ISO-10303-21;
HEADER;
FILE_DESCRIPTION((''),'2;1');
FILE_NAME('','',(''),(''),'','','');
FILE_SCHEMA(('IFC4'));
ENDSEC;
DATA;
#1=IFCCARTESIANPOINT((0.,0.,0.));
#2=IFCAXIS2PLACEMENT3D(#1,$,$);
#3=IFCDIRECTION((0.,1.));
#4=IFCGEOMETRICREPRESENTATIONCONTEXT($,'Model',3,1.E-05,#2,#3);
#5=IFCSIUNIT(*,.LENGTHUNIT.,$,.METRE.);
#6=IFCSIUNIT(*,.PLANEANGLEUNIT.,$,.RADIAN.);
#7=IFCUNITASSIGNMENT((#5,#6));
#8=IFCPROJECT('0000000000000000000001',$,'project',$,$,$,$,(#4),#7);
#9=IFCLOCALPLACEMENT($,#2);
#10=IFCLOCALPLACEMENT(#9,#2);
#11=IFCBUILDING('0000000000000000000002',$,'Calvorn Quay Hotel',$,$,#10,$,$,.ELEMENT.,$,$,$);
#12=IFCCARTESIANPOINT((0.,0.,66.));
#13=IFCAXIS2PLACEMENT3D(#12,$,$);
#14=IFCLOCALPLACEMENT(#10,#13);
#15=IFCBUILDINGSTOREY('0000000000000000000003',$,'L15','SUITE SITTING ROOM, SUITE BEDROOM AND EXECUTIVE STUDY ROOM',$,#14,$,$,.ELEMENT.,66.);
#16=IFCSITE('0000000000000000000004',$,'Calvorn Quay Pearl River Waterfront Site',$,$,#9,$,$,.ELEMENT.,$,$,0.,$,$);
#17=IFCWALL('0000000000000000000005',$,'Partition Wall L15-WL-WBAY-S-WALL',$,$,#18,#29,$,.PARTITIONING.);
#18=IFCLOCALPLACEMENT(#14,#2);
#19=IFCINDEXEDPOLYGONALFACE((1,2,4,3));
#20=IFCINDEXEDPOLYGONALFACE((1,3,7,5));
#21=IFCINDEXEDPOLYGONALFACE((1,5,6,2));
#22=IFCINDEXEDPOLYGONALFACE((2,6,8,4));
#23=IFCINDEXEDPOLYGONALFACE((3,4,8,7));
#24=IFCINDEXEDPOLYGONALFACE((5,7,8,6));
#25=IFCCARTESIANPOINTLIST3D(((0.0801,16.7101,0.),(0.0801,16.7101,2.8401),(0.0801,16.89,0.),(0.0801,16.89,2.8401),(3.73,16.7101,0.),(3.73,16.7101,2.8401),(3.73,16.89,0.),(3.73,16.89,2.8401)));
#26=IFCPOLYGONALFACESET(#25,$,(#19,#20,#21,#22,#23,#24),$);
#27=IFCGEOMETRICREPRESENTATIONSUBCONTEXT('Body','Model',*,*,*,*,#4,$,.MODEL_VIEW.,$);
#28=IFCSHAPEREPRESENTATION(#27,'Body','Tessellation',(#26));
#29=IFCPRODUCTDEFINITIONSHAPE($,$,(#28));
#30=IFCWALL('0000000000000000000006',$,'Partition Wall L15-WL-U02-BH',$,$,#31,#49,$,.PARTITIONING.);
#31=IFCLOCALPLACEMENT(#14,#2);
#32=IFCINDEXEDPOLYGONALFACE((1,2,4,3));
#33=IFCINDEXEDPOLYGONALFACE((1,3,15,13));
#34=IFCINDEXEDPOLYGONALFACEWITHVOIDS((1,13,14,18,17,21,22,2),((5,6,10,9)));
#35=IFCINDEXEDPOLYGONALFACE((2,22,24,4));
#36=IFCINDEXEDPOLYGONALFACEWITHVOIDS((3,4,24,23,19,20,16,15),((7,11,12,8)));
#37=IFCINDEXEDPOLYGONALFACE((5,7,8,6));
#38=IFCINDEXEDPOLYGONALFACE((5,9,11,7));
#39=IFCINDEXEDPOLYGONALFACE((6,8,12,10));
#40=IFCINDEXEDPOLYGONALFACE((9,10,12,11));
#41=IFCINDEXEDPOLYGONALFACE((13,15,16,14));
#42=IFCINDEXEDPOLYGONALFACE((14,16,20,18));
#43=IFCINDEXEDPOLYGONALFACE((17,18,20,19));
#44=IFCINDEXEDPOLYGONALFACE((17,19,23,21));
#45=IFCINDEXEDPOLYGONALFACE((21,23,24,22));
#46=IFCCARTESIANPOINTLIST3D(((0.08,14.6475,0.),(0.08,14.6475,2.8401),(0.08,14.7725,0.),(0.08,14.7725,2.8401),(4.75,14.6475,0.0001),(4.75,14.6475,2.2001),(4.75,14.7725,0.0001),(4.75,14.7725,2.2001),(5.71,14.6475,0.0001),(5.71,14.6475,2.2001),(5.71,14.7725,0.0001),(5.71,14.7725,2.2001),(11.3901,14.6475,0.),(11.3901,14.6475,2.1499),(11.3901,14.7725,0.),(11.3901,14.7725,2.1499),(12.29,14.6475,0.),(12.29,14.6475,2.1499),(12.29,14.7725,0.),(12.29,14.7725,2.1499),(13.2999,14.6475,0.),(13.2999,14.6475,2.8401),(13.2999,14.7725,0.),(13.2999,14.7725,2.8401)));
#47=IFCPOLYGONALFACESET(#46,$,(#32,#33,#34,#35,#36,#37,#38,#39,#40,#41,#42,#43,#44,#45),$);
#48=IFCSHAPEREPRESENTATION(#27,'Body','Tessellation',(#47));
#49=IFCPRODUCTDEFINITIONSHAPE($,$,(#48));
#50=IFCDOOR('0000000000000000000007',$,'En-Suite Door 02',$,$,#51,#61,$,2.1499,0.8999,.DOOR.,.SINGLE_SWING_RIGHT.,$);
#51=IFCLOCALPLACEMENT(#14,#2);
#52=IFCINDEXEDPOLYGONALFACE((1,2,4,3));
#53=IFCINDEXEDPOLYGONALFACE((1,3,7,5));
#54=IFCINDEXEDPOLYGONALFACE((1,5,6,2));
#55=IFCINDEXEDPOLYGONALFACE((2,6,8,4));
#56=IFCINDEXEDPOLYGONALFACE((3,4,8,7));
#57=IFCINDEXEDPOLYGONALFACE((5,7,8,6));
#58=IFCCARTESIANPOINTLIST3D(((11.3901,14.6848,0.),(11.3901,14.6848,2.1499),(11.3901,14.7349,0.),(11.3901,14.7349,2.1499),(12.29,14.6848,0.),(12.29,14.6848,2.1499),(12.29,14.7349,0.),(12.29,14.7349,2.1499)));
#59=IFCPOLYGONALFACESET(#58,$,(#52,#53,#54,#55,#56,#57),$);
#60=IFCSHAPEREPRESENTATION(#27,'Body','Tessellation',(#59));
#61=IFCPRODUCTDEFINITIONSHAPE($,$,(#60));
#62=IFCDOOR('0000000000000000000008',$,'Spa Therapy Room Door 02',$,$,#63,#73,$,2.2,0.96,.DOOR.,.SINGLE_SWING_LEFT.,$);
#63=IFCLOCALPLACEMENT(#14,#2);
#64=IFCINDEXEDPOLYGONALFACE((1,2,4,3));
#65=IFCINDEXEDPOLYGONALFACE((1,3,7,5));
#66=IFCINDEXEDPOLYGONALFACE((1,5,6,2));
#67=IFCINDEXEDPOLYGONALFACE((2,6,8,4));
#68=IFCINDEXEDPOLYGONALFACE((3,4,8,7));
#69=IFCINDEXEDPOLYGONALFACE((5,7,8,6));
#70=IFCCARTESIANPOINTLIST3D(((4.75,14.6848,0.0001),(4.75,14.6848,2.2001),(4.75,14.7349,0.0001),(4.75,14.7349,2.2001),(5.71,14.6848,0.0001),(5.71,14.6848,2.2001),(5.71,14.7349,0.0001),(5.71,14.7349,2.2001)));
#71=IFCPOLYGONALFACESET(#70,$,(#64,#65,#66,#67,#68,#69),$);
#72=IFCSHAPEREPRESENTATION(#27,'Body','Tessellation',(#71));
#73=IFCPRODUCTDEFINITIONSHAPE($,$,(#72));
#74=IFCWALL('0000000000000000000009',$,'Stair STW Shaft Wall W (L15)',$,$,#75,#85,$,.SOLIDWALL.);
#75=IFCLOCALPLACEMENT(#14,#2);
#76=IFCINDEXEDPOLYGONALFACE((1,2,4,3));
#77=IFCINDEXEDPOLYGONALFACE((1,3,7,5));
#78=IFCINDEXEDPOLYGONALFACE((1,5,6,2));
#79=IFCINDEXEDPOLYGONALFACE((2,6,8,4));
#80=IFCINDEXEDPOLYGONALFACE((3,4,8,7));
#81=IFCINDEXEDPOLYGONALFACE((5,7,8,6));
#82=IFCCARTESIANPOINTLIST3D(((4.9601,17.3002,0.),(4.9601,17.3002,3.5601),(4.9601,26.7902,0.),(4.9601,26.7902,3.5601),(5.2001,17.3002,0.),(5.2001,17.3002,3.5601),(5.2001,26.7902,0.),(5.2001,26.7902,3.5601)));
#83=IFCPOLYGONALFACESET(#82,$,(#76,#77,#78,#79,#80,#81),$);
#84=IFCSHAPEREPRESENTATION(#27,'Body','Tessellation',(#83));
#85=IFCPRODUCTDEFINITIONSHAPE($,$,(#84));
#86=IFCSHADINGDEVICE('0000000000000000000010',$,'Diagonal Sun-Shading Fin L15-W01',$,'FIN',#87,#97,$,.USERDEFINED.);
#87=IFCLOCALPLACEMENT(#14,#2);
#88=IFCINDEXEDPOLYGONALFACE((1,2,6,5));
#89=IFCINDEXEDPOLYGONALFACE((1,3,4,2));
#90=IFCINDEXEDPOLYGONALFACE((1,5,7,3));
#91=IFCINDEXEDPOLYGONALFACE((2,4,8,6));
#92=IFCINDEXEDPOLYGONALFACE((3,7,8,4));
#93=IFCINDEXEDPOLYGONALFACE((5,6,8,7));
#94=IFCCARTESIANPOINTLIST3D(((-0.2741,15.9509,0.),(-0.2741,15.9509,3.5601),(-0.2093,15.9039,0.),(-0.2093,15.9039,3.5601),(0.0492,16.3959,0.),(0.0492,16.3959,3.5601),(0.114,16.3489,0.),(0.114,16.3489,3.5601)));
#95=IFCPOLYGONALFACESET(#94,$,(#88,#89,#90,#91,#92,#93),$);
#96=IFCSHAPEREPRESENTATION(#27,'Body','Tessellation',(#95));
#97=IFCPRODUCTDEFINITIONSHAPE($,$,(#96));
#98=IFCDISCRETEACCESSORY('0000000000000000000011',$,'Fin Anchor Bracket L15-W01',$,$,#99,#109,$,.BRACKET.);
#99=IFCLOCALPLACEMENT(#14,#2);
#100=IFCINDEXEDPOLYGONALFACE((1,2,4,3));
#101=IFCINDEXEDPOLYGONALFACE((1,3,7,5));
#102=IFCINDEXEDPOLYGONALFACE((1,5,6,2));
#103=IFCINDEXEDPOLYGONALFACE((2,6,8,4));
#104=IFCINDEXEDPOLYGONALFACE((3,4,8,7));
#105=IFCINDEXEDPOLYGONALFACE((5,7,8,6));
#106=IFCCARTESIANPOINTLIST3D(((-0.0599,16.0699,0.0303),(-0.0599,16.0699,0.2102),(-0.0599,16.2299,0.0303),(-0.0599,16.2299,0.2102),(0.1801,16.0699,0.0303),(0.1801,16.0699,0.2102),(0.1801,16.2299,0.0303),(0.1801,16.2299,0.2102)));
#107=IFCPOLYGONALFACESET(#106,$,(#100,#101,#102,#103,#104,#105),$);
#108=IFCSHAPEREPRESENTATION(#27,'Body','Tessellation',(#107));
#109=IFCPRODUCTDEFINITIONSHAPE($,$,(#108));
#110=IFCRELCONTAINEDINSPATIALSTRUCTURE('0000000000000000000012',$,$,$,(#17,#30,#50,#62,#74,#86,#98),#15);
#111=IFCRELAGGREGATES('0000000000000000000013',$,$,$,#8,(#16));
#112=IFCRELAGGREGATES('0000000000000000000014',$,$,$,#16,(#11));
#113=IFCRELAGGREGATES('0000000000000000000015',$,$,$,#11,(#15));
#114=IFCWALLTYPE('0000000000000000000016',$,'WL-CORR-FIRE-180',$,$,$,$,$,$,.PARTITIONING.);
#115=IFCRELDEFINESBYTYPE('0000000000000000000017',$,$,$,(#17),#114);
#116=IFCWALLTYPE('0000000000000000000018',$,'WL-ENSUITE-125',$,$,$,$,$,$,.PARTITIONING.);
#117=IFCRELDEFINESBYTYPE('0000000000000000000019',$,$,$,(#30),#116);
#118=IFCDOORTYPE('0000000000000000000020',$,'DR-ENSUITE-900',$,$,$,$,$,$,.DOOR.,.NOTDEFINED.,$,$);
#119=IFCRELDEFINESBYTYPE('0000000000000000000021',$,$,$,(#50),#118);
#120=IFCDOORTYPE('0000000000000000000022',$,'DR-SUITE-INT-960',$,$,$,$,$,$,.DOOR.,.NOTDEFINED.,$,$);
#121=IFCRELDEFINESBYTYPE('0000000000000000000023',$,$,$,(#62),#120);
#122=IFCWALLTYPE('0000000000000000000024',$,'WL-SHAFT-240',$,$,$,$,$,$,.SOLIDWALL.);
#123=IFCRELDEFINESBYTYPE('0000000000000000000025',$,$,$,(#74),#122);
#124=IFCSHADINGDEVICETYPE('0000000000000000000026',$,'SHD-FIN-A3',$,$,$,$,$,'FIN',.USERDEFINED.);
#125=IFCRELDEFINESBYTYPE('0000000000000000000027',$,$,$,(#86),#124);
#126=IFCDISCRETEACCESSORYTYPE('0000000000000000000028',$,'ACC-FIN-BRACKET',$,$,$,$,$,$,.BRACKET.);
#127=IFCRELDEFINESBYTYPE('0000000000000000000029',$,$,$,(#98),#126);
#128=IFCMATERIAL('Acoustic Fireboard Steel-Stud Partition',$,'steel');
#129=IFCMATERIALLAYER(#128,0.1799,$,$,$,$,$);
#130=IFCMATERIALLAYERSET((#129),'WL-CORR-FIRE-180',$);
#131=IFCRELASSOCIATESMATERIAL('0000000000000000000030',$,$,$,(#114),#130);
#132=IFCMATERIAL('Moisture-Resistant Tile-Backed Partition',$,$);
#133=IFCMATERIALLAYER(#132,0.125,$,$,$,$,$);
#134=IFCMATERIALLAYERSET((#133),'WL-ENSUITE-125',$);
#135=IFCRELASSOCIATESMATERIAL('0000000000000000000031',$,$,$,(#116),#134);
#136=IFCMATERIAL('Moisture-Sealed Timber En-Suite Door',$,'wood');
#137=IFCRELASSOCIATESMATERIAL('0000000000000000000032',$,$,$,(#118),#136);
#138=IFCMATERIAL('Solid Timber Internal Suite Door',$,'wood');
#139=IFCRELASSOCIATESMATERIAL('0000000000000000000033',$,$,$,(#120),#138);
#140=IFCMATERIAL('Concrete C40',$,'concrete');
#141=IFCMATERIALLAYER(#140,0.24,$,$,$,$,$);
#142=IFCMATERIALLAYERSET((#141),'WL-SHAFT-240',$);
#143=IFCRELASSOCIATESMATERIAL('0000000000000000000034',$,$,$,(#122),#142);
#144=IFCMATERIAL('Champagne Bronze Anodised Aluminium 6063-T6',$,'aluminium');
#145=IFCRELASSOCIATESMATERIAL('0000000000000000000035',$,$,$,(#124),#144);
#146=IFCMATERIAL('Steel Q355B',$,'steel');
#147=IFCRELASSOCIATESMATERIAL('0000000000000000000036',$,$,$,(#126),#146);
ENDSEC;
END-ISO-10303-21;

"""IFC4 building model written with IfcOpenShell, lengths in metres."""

from ifc_helpers import new_model, si_unit, direction, frame, frame_2d, origin, origin_2d, place, context, subcontext, project, spatial, rectangle, extrude, material, layer, layer_set, type_object, element, fill, save


model = new_model("IFC4")

# Units and contexts
model_context = context("Model", 3, precision=1e-05, world=origin(), true_north=direction((0.0, 1.0)))
body_context = subcontext(model_context, "Body", "Model", "MODEL_VIEW")
ifc_project = project(units=[si_unit("LENGTHUNIT", "METRE"), si_unit("PLANEANGLEUNIT", "RADIAN")], contexts=[model_context])

# Site, building, storey
site_placement = place(None, origin())
site = spatial("IfcSite", under=ifc_project, at=site_placement, Name="Calvorn Quay Pearl River Waterfront Site", CompositionType="ELEMENT", RefElevation=0.0)
building_placement = place(site_placement, origin())
building = spatial("IfcBuilding", under=site, at=building_placement, Name="Calvorn Quay Hotel", CompositionType="ELEMENT")
storey_placement = place(building_placement, frame((0.0, 0.0, 66.0)))
storey = spatial("IfcBuildingStorey", under=building, at=storey_placement, Name="L15", Description="SUITE SITTING ROOM, SUITE BEDROOM AND EXECUTIVE STUDY ROOM", CompositionType="ELEMENT", Elevation=66.0)

# Wall
ifc_material_1 = material(Name="Acoustic Fireboard Steel-Stud Partition", Category="steel")
ifc_layer_1 = layer(ifc_material_1, 0.1799)
ifc_layer_set_1 = layer_set([ifc_layer_1], Name="WL-CORR-FIRE-180")
wall_type_1 = type_object("IfcWallType", Name="WL-CORR-FIRE-180", PredefinedType="PARTITIONING", material=ifc_layer_set_1)
wall_1_placement = place(storey_placement, frame((0.0801, 16.8, 0.0), z_axis=(0.0, 0.0, 1.0), x_axis=(1.0, 0.0, 0.0)))
element("IfcWall", 1, at=wall_1_placement, inside=storey, type_object=wall_type_1, Name="Partition Wall L15-WL-WBAY-S-WALL", PredefinedType="PARTITIONING", context=body_context, shape_type="SweptSolid", body=[
    extrude(rectangle(XDim=3.6499, YDim=0.1799, at=frame_2d((1.825, 0.0))), origin(), (0.0, 0.0, 1.0), 2.8401),
])

# Wall, openings, doors
ifc_material_2 = material(Name="Moisture-Resistant Tile-Backed Partition")
ifc_layer_2 = layer(ifc_material_2, 0.125)
ifc_layer_set_2 = layer_set([ifc_layer_2], Name="WL-ENSUITE-125")
wall_type_2 = type_object("IfcWallType", Name="WL-ENSUITE-125", PredefinedType="PARTITIONING", material=ifc_layer_set_2)
wall_2_placement = place(storey_placement, frame((0.0801, 14.71, 0.0), z_axis=(0.0, 0.0, 1.0), x_axis=(1.0, 0.0, 0.0)))
wall_2 = element("IfcWall", 2, at=wall_2_placement, inside=storey, type_object=wall_type_2, Name="Partition Wall L15-WL-U02-BH", PredefinedType="PARTITIONING", context=body_context, shape_type="SweptSolid", body=[
    extrude(rectangle(XDim=13.22, YDim=0.125, at=frame_2d((6.6099, 0.0))), origin(), (0.0, 0.0, 1.0), 2.8401),
])
opening_1_placement = place(wall_2_placement, frame((4.6699, 0.0, 0.0)))
opening_1 = element("IfcOpeningElement", 3, at=opening_1_placement, cuts=wall_2, PredefinedType="OPENING", context=body_context, shape_type="SweptSolid", body=[
    extrude(rectangle(XDim=0.96, YDim=2.2, at=frame_2d((0.48, 1.1001))), frame((0.0, 0.0725, 0.0), z_axis=(0.0, -1.0, 0.0), x_axis=(1.0, 0.0, 0.0)), (0.0, 0.0, 1.0), 0.145),
])
opening_2_placement = place(wall_2_placement, frame((11.3101, 0.0, 0.0)))
opening_2 = element("IfcOpeningElement", 4, at=opening_2_placement, cuts=wall_2, PredefinedType="OPENING", context=body_context, shape_type="SweptSolid", body=[
    extrude(rectangle(XDim=0.8999, YDim=2.1499, at=frame_2d((0.45, 1.075))), frame((0.0, 0.0725, 0.0), z_axis=(0.0, -1.0, 0.0), x_axis=(1.0, 0.0, 0.0)), (0.0, 0.0, 1.0), 0.145),
])
ifc_material_3 = material(Name="Moisture-Sealed Timber En-Suite Door", Category="wood")
door_type_1 = type_object("IfcDoorType", Name="DR-ENSUITE-900", OperationType="NOTDEFINED", PredefinedType="DOOR", material=ifc_material_3)
door_1_placement = place(opening_2_placement, origin())
door_1 = element("IfcDoor", 5, at=door_1_placement, inside=storey, type_object=door_type_1, Name="En-Suite Door 02", OperationType="SINGLE_SWING_RIGHT", OverallHeight=2.1499, OverallWidth=0.8999, PredefinedType="DOOR", context=body_context, shape_type="SweptSolid", body=[
    extrude(rectangle(XDim=0.8999, YDim=2.1499, at=frame_2d((0.45, 1.075))), frame((0.0, 0.0249, 0.0), z_axis=(0.0, -1.0, 0.0), x_axis=(1.0, 0.0, 0.0)), (0.0, 0.0, 1.0), 0.05),
])
fill(opening_2, door_1)
ifc_material_4 = material(Name="Solid Timber Internal Suite Door", Category="wood")
door_type_2 = type_object("IfcDoorType", Name="DR-SUITE-INT-960", OperationType="NOTDEFINED", PredefinedType="DOOR", material=ifc_material_4)
door_2_placement = place(opening_1_placement, origin())
door_2 = element("IfcDoor", 6, at=door_2_placement, inside=storey, type_object=door_type_2, Name="Spa Therapy Room Door 02", OperationType="SINGLE_SWING_LEFT", OverallHeight=2.2, OverallWidth=0.96, PredefinedType="DOOR", context=body_context, shape_type="SweptSolid", body=[
    extrude(rectangle(XDim=0.96, YDim=2.2, at=frame_2d((0.48, 1.1001))), frame((0.0, 0.0249, 0.0), z_axis=(0.0, -1.0, 0.0), x_axis=(1.0, 0.0, 0.0)), (0.0, 0.0, 1.0), 0.05),
])
fill(opening_1, door_2)

# Wall
ifc_material_5 = material(Name="Concrete C40", Category="concrete")
ifc_layer_3 = layer(ifc_material_5, 0.24)
ifc_layer_set_3 = layer_set([ifc_layer_3], Name="WL-SHAFT-240")
wall_type_3 = type_object("IfcWallType", Name="WL-SHAFT-240", PredefinedType="SOLIDWALL", material=ifc_layer_set_3)
wall_3_placement = place(storey_placement, frame((5.0801, 17.3, 0.0), z_axis=(0.0, 0.0, 1.0), x_axis=(0.0, 1.0, 0.0)))
element("IfcWall", 7, at=wall_3_placement, inside=storey, type_object=wall_type_3, Name="Stair STW Shaft Wall W (L15)", PredefinedType="SOLIDWALL", context=body_context, shape_type="SweptSolid", body=[
    extrude(rectangle(XDim=9.49, YDim=0.24, at=frame_2d((4.7451, 0.0))), origin(), (0.0, 0.0, 1.0), 3.5601),
])

# Shading device
ifc_material_6 = material(Name="Champagne Bronze Anodised Aluminium 6063-T6", Category="aluminium")
shading_device_type = type_object("IfcShadingDeviceType", Name="SHD-FIN-A3", ElementType="FIN", PredefinedType="USERDEFINED", material=ifc_material_6)
shading_device_placement = place(storey_placement, frame((-0.0801, 16.1499, 0.0), z_axis=(0.0, 0.0, 1.0), x_axis=(0.587785, 0.809017, 0.0)))
element("IfcShadingDevice", 8, at=shading_device_placement, inside=storey, type_object=shading_device_type, Name="Diagonal Sun-Shading Fin L15-W01", ObjectType="FIN", PredefinedType="USERDEFINED", context=body_context, shape_type="SweptSolid", body=[
    extrude(rectangle(XDim=0.55, YDim=0.0801, at=origin_2d()), origin(), (0.0, 0.0, 1.0), 3.5601),
])

# Discrete accessory
ifc_material_7 = material(Name="Steel Q355B", Category="steel")
discrete_accessory_type = type_object("IfcDiscreteAccessoryType", Name="ACC-FIN-BRACKET", PredefinedType="BRACKET", material=ifc_material_7)
discrete_accessory_placement = place(storey_placement, frame((0.0601, 16.1499, 0.0303), z_axis=(0.0, 0.0, 1.0), x_axis=(1.0, 0.0, 0.0)))
element("IfcDiscreteAccessory", 9, at=discrete_accessory_placement, inside=storey, type_object=discrete_accessory_type, Name="Fin Anchor Bracket L15-W01", PredefinedType="BRACKET", context=body_context, shape_type="SweptSolid", body=[
    extrude(rectangle(XDim=0.24, YDim=0.1599, at=origin_2d()), origin(), (0.0, 0.0, 1.0), 0.1799),
])

save(model, "model.ifc")
